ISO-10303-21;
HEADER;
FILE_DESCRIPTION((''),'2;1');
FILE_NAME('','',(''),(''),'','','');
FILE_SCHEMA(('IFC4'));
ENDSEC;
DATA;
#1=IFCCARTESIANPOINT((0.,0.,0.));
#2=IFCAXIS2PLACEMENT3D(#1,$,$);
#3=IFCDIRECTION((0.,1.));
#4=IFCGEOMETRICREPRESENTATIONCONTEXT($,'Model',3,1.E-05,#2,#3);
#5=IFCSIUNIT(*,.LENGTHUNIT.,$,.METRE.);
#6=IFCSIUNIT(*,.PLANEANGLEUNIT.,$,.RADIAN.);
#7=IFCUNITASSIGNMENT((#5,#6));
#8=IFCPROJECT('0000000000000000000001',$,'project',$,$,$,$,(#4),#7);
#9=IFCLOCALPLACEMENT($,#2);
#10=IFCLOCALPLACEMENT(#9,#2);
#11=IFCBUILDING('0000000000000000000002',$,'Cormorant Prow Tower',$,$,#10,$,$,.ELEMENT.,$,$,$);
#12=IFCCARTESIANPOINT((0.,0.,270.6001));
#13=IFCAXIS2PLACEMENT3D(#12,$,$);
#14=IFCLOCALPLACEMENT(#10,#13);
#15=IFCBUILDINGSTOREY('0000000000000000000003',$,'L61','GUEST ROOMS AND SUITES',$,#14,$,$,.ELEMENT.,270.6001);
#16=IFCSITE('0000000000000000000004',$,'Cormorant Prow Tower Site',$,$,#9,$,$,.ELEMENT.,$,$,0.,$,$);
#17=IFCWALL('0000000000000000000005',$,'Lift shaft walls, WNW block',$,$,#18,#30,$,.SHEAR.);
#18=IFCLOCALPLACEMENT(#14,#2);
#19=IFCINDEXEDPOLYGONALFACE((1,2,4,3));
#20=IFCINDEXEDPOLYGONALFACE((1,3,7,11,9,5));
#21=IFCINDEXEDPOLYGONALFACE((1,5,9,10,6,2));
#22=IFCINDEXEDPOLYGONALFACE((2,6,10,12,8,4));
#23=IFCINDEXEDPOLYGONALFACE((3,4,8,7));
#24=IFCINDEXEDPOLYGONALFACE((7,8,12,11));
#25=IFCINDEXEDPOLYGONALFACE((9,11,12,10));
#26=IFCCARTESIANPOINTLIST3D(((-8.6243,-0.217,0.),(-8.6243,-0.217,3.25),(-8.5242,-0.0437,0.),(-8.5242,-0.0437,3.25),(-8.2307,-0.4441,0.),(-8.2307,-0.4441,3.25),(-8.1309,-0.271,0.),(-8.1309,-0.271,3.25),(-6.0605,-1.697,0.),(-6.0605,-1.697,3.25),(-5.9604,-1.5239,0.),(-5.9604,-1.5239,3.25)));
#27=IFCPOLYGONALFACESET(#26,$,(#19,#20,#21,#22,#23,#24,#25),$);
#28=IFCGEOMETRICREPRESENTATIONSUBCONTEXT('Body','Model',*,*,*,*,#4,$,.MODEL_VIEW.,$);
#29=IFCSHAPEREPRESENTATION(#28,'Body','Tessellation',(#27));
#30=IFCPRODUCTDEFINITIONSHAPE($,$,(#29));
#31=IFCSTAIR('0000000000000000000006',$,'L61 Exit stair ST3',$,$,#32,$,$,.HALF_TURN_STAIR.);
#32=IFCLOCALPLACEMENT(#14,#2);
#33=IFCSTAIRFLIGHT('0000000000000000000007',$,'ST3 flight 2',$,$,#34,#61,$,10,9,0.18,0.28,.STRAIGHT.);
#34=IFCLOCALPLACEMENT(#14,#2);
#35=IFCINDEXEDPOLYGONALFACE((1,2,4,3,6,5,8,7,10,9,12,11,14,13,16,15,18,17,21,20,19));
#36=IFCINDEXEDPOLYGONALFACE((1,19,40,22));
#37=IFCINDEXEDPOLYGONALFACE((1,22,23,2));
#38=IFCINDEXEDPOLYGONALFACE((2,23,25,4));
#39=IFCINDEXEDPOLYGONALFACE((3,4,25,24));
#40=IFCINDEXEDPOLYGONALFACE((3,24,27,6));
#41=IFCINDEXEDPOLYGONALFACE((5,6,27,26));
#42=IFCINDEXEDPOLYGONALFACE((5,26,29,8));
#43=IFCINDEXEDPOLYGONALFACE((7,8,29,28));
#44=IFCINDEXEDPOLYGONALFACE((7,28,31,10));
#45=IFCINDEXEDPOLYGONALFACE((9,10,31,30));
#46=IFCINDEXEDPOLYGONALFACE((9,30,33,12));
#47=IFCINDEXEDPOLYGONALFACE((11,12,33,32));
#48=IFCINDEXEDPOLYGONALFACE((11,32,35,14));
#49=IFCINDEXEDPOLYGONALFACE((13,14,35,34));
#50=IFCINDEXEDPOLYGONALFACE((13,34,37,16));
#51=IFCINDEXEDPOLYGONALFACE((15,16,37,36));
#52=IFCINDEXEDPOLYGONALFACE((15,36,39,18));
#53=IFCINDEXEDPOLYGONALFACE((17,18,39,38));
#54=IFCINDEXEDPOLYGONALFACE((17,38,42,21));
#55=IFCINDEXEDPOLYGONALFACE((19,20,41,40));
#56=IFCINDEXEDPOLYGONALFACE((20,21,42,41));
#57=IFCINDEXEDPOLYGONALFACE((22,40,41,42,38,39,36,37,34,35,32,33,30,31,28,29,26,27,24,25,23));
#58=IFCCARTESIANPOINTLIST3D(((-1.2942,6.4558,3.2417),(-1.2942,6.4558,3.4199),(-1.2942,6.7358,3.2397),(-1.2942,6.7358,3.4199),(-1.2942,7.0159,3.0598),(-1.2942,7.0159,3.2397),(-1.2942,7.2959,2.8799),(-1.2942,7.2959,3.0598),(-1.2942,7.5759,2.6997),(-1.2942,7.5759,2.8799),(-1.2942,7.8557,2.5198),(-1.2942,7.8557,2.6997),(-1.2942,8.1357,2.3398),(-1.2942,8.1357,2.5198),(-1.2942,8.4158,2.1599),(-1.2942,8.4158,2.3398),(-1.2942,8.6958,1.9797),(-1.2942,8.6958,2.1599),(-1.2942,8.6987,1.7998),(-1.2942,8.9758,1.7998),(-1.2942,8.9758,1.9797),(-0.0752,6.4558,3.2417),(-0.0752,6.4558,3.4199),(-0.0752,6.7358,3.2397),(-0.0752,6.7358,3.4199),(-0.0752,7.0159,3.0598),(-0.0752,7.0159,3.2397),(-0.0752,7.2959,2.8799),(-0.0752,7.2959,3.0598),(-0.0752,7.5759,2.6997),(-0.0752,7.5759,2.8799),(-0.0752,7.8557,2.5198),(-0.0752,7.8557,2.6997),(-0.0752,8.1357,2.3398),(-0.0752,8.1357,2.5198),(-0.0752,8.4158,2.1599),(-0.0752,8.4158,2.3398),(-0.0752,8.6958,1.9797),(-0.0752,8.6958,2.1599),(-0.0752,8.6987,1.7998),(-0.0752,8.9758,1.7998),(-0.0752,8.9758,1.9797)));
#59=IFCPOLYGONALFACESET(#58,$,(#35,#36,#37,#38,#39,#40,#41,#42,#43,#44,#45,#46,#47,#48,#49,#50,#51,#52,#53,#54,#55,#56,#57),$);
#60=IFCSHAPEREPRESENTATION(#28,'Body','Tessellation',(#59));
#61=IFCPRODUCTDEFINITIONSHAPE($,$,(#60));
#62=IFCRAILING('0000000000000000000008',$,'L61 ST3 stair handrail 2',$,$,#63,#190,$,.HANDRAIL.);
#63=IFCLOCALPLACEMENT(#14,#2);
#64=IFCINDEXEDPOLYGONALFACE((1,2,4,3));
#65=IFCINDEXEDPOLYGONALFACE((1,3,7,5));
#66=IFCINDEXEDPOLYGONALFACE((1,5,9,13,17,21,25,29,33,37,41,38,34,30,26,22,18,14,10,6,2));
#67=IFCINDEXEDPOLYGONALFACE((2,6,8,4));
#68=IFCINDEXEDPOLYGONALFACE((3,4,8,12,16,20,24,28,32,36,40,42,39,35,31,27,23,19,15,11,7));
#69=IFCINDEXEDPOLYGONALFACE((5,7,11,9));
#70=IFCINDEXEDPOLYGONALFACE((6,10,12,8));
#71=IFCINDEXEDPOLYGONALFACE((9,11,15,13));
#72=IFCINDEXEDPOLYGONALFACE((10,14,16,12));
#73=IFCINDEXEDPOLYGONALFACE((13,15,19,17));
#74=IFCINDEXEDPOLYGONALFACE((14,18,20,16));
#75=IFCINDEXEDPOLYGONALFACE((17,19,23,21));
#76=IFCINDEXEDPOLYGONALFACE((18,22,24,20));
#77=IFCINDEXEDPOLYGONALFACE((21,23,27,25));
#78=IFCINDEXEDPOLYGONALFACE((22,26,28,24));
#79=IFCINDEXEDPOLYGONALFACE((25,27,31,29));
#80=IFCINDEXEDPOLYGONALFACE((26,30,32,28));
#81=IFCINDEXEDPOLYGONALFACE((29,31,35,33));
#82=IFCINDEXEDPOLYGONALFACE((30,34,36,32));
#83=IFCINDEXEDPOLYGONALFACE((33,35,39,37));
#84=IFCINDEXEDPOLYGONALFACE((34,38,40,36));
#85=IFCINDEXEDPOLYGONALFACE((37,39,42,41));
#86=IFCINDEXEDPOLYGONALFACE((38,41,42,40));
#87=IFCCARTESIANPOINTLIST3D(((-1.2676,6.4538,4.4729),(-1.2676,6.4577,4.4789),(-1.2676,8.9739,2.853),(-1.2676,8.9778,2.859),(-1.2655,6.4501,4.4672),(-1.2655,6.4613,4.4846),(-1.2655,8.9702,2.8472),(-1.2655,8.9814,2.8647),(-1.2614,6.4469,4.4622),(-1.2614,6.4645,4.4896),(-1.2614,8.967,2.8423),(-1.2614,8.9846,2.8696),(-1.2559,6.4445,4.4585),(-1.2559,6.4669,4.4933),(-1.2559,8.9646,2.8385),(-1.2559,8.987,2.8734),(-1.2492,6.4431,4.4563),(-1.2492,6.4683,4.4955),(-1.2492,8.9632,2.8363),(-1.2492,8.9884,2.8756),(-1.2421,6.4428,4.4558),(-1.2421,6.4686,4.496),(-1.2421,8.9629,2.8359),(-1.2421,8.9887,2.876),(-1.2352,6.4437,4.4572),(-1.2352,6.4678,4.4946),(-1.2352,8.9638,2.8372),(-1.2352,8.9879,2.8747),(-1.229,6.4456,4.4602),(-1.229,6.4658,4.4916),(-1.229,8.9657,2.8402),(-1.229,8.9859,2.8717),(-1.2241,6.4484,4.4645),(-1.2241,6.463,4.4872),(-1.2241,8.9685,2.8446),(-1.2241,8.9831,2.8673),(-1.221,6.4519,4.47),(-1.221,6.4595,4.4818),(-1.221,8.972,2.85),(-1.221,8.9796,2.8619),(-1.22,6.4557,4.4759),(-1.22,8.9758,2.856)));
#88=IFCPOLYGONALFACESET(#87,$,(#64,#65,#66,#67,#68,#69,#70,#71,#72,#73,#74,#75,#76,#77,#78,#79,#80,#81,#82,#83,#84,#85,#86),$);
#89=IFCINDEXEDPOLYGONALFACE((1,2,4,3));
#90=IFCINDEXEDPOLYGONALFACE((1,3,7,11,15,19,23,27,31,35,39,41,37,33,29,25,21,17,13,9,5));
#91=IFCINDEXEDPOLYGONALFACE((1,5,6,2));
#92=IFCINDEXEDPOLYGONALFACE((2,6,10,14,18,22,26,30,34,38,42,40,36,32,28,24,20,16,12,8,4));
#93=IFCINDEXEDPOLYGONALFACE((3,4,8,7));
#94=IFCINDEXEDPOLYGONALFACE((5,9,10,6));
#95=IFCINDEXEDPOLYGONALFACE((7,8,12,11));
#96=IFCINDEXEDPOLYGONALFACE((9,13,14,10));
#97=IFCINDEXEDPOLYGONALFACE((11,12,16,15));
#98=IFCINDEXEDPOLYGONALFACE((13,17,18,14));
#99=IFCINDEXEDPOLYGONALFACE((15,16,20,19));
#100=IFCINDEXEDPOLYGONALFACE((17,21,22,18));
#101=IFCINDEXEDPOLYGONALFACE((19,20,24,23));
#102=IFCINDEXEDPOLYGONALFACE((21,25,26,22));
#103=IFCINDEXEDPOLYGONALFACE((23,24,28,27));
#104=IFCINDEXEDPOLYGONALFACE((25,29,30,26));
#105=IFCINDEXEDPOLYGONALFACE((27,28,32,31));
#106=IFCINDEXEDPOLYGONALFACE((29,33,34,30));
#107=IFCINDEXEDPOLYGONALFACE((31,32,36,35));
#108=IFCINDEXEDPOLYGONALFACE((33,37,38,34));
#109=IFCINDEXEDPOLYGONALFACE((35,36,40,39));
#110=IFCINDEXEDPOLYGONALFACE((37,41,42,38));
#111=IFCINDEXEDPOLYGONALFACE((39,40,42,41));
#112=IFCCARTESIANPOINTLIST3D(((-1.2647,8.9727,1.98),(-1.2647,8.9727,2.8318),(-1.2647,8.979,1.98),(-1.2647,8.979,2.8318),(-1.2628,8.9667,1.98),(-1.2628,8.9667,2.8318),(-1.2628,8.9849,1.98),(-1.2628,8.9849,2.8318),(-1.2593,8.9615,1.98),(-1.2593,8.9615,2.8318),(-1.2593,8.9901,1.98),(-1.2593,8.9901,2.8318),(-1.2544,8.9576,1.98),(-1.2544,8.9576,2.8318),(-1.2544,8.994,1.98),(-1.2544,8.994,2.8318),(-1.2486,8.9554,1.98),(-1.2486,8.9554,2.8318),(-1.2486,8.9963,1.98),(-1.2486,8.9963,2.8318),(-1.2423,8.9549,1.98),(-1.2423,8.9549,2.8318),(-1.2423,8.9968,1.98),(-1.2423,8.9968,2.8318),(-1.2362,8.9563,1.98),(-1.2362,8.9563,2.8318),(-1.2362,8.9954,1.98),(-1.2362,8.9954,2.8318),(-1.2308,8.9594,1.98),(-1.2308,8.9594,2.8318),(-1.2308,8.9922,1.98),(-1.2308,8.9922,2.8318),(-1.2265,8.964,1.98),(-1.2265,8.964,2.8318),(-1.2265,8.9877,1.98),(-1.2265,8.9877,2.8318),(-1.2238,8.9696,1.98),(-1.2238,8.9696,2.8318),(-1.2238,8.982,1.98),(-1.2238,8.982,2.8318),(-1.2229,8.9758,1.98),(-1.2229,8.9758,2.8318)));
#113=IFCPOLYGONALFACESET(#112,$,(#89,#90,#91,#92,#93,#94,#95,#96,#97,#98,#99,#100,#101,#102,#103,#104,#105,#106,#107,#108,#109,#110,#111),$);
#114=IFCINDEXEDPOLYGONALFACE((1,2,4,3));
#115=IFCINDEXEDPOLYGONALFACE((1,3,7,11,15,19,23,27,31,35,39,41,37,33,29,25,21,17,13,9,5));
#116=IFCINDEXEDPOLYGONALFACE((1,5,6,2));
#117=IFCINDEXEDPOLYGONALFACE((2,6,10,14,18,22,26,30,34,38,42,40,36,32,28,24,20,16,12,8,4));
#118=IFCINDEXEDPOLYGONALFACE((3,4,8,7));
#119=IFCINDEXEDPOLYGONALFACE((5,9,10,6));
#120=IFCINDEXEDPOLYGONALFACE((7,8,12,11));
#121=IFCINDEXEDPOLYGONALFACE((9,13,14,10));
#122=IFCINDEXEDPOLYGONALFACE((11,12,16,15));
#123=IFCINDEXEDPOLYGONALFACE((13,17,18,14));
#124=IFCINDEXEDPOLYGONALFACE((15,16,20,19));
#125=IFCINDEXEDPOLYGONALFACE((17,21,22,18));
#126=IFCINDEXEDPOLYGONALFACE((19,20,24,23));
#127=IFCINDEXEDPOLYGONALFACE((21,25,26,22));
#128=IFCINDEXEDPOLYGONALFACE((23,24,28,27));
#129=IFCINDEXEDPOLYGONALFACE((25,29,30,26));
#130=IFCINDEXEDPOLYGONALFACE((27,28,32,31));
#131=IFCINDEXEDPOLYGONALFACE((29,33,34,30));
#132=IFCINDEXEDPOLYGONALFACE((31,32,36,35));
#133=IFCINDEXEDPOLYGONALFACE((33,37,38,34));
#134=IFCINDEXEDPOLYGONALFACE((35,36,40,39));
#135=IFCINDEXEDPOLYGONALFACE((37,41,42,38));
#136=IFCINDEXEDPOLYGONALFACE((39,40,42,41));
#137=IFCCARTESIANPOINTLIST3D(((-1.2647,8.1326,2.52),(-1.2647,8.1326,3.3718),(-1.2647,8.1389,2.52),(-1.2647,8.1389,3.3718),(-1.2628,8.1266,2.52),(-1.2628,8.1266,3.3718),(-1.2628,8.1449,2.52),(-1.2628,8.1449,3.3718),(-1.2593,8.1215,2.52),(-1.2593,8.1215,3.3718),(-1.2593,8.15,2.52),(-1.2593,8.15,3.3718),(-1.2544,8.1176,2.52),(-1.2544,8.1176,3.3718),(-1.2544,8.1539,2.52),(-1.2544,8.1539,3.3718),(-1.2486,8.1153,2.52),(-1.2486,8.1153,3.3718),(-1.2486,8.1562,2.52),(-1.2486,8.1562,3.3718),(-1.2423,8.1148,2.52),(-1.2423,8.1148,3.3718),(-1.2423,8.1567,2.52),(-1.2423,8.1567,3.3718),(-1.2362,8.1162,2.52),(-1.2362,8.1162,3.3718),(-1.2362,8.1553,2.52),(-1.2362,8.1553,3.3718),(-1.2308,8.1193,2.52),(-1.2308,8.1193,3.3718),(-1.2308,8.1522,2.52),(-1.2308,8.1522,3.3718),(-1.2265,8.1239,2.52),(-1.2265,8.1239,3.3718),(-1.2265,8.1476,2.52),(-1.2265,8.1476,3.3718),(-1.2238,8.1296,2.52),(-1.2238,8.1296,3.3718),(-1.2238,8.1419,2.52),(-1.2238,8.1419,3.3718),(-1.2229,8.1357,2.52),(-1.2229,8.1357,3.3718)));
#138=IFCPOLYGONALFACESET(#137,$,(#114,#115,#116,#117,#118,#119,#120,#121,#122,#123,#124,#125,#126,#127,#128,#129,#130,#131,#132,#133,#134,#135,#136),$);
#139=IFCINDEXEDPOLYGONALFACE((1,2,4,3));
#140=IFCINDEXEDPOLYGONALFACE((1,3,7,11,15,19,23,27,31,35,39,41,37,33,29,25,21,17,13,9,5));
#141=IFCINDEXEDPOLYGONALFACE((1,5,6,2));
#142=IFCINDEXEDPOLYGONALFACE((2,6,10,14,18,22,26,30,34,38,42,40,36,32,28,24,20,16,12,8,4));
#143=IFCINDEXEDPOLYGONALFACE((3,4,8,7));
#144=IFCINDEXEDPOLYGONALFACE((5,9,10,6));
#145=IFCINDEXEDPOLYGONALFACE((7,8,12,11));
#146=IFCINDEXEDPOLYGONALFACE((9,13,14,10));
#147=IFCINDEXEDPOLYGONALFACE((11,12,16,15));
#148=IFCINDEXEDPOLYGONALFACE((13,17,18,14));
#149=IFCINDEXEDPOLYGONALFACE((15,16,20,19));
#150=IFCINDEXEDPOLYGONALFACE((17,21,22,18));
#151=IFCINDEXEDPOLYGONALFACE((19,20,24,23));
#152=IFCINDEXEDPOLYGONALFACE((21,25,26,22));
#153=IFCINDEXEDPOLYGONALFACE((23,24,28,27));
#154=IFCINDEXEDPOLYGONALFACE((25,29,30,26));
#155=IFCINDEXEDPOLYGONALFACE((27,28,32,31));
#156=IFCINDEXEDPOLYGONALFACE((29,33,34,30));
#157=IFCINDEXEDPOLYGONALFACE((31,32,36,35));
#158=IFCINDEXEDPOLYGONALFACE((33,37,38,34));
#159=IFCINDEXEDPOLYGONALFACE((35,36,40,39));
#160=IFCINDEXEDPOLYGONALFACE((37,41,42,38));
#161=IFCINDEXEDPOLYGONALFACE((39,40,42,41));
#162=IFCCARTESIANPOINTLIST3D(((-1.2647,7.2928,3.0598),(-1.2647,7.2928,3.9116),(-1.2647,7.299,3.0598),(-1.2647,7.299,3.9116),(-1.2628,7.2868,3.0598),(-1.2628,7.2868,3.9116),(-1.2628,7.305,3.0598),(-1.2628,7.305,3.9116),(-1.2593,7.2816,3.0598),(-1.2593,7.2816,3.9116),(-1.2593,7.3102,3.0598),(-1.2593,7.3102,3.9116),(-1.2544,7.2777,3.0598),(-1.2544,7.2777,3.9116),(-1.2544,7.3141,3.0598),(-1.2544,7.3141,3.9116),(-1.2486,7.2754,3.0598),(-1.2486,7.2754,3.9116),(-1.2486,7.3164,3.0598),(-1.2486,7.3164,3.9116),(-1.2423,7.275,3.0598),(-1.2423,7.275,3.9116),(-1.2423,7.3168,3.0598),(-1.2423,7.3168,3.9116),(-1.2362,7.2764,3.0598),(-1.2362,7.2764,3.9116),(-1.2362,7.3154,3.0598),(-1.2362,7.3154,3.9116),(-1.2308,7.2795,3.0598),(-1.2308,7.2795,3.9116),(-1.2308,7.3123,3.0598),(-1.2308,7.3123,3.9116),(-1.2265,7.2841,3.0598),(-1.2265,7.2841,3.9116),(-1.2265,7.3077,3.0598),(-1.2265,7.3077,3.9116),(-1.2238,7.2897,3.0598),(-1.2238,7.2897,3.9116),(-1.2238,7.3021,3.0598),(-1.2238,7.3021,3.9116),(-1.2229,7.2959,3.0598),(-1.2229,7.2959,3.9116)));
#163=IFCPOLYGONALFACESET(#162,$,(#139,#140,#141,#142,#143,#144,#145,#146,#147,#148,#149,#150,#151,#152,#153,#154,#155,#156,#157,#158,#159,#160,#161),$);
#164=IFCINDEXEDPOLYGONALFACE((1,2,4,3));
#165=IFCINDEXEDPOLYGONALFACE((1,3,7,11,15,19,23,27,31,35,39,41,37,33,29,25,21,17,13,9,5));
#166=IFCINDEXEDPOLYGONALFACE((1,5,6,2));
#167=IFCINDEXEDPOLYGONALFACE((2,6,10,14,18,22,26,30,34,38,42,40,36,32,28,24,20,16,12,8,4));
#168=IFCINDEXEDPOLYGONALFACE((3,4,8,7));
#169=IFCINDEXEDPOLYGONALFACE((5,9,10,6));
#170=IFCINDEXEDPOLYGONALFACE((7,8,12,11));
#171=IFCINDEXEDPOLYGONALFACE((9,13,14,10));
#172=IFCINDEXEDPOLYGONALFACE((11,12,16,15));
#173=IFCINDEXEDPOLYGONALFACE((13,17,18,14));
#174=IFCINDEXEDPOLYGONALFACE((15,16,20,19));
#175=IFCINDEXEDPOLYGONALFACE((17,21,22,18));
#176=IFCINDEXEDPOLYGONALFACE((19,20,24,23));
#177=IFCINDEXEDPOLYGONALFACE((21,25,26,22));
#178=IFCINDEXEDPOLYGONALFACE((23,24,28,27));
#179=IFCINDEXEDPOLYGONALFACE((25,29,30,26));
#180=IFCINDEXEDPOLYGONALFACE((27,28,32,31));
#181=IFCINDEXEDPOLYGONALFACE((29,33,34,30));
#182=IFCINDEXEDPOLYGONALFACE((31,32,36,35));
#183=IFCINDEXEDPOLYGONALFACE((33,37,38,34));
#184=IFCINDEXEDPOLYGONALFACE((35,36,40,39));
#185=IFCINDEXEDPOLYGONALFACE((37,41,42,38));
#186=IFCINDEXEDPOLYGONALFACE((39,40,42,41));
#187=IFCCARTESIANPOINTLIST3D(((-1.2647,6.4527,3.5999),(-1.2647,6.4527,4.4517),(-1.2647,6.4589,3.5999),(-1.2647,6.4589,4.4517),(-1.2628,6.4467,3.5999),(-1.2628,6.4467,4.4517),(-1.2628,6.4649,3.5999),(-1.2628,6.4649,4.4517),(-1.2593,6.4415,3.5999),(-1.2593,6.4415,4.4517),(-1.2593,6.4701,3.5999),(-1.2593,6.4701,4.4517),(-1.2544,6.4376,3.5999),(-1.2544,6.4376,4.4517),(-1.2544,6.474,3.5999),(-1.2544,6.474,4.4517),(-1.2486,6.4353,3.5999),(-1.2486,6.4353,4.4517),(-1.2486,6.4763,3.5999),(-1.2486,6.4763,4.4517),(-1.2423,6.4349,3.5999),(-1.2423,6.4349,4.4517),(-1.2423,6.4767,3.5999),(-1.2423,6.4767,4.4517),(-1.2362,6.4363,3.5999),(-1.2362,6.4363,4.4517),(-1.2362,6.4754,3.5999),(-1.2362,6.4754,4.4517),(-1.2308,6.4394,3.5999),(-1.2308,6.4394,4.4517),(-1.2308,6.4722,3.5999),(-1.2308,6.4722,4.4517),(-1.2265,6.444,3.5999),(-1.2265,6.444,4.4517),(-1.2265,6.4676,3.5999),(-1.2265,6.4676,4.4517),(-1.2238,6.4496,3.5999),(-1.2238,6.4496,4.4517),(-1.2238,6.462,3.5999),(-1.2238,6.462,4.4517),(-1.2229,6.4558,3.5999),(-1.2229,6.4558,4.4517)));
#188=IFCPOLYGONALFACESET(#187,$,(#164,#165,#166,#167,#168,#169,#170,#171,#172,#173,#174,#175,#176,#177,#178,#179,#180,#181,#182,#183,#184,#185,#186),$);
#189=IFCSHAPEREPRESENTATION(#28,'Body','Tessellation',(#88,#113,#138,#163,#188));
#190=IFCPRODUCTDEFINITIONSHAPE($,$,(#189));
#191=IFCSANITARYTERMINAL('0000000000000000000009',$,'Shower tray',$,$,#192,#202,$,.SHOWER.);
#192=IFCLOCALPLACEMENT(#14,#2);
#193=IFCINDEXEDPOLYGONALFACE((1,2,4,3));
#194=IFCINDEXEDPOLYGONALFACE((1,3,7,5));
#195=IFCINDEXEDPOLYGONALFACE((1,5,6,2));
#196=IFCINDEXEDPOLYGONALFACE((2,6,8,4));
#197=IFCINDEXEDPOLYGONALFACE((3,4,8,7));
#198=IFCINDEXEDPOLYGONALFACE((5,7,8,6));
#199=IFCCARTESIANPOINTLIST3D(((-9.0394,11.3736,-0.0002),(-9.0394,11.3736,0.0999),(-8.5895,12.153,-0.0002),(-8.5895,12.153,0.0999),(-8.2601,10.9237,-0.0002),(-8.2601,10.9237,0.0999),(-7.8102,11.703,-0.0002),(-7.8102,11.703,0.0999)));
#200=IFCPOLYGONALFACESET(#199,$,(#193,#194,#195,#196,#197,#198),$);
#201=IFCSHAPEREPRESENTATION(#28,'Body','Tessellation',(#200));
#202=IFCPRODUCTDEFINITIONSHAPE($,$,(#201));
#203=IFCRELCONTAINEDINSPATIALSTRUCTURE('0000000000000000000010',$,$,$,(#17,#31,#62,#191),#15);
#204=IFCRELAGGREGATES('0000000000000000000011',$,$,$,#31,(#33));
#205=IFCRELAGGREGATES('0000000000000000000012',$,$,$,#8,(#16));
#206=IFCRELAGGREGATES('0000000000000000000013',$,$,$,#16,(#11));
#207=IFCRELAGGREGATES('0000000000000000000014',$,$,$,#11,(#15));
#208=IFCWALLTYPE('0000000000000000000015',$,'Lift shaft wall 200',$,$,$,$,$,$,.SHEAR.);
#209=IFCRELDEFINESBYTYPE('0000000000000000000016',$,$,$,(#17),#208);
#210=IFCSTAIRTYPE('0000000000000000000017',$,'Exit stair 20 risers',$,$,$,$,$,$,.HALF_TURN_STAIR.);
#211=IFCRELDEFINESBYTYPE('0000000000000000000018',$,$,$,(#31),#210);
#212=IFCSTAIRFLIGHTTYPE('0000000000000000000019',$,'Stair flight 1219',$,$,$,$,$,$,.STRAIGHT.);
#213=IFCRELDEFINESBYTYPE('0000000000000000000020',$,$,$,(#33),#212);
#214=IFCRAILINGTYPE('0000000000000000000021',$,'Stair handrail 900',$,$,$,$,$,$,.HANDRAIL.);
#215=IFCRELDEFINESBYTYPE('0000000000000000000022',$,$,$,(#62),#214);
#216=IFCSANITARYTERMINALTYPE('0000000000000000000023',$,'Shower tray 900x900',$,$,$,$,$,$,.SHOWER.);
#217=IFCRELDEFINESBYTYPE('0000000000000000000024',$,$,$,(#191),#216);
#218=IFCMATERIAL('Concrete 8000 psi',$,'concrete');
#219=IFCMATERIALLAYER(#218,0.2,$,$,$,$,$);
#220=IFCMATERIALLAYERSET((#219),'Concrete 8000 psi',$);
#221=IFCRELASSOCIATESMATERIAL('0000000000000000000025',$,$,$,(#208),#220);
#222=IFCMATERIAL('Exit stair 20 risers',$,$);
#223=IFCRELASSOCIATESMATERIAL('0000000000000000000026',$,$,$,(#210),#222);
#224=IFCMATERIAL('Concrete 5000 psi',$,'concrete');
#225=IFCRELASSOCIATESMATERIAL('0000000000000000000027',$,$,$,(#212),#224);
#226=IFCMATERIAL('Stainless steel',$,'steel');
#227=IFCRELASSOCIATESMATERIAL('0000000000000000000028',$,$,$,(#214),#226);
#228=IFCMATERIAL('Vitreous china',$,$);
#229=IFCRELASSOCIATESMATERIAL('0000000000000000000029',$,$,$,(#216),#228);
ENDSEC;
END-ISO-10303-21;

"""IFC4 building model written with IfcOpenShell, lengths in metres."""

from ifc_helpers import new_model, si_unit, direction, frame, origin, origin_2d, place, context, subcontext, project, spatial, polyline, rectangle, circle, outline, extrude, material, layer, layer_set, type_object, element, aggregate, save


model = new_model("IFC4")

# Units and contexts
model_context = context("Model", 3, precision=1e-05, world=origin(), true_north=direction((0.0, 1.0)))
body_context = subcontext(model_context, "Body", "Model", "MODEL_VIEW")
ifc_project = project(units=[si_unit("LENGTHUNIT", "METRE"), si_unit("PLANEANGLEUNIT", "RADIAN")], contexts=[model_context])

# Site, building, storey
site_placement = place(None, origin())
site = spatial("IfcSite", under=ifc_project, at=site_placement, Name="Cormorant Prow Tower Site", CompositionType="ELEMENT", RefElevation=0.0)
building_placement = place(site_placement, origin())
building = spatial("IfcBuilding", under=site, at=building_placement, Name="Cormorant Prow Tower", CompositionType="ELEMENT")
storey_placement = place(building_placement, frame((0.0, 0.0, 270.6001)))
storey = spatial("IfcBuildingStorey", under=building, at=storey_placement, Name="L61", Description="GUEST ROOMS AND SUITES", CompositionType="ELEMENT", Elevation=270.6001)

# Wall
ifc_material_1 = material(Name="Concrete 8000 psi", Category="concrete")
ifc_layer_1 = layer(ifc_material_1, 0.2)
ifc_layer_set_1 = layer_set([ifc_layer_1], Name="Concrete 8000 psi")
wall_type_1 = type_object("IfcWallType", Name="Lift shaft wall 200", PredefinedType="SHEAR", material=ifc_layer_set_1)
wall_1_placement = place(storey_placement, origin())
element("IfcWall", 1, at=wall_1_placement, inside=storey, type_object=wall_type_1, Name="Lift shaft walls, WNW block", PredefinedType="SHEAR", context=body_context, shape_type="SweptSolid", body=[
    extrude(outline(polyline([(-8.5242, -0.0437), (-8.1309, -0.271), (-5.9604, -1.5239), (-6.0605, -1.697), (-8.2307, -0.4441), (-8.6243, -0.217), (-8.5242, -0.0437)])), origin(), (0.0, 0.0, 1.0), 3.25),
])

# Stair, stair flight
ifc_material_2 = material(Name="Exit stair 20 risers")
stair_type = type_object("IfcStairType", Name="Exit stair 20 risers", PredefinedType="HALF_TURN_STAIR", material=ifc_material_2)
stair_placement = place(storey_placement, origin())
stair = element("IfcStair", 2, at=stair_placement, inside=storey, type_object=stair_type, Name="L61 Exit stair ST3", PredefinedType="HALF_TURN_STAIR")
ifc_material_3 = material(Name="Concrete 5000 psi", Category="concrete")
stair_flight_type = type_object("IfcStairFlightType", Name="Stair flight 1219", PredefinedType="STRAIGHT", material=ifc_material_3)
stair_flight_placement = place(storey_placement, frame((-0.6846, 8.9758, 1.7998), z_axis=(0.0, 0.0, 1.0), x_axis=(0.0, -1.0, 0.0)))
stair_flight = element("IfcStairFlight", 3, at=stair_flight_placement, type_object=stair_flight_type, Name="ST3 flight 2", NumberOfRisers=10, NumberOfTreads=9, PredefinedType="STRAIGHT", RiserHeight=0.18, TreadLength=0.28, context=body_context, shape_type="SweptSolid", body=[
    extrude(outline(polyline([(0.0, 0.0), (0.0, 0.1799), (0.28, 0.1799), (0.28, 0.3601), (0.5601, 0.3601), (0.5601, 0.54), (0.8401, 0.54), (0.8401, 0.72), (1.1201, 0.72), (1.1201, 0.8999), (1.3999, 0.8999), (1.3999, 1.0801), (1.6799, 1.0801), (1.6799, 1.26), (1.96, 1.26), (1.96, 1.4399), (2.24, 1.4399), (2.24, 1.6201), (2.52, 1.6201), (2.52, 1.8), (2.52, 1.4419), (0.2771, 0.0), (0.0, 0.0)])), frame((0.0, 0.6094, 0.0), z_axis=(0.0, -1.0, 0.0), x_axis=(1.0, 0.0, 0.0)), (0.0, 0.0, 1.0), 1.219),
])
aggregate(stair, [stair_flight])

# Railing
ifc_material_4 = material(Name="Stainless steel", Category="steel")
railing_type = type_object("IfcRailingType", Name="Stair handrail 900", PredefinedType="HANDRAIL", material=ifc_material_4)
railing_placement = place(storey_placement, frame((-1.2439, 8.9758, 1.98)))
element("IfcRailing", 4, at=railing_placement, inside=storey, type_object=railing_type, Name="L61 ST3 stair handrail 2", PredefinedType="HANDRAIL", context=body_context, shape_type="SweptSolid", body=[
    extrude(circle(Radius=0.0239, at=origin_2d()), frame((0.0, 0.0, 0.876), z_axis=(0.0, -0.8412, 0.540725), x_axis=(1.0, 0.0, 0.0)), (0.0, 0.0, 1.0), 2.9958),
    extrude(circle(Radius=0.021, at=origin_2d()), origin(), (0.0, 0.0, 1.0), 0.8518),
    extrude(circle(Radius=0.021, at=origin_2d()), frame((0.0, -0.8401, 0.54)), (0.0, 0.0, 1.0), 0.8518),
    extrude(circle(Radius=0.021, at=origin_2d()), frame((0.0, -1.6799, 1.0798)), (0.0, 0.0, 1.0), 0.8518),
    extrude(circle(Radius=0.021, at=origin_2d()), frame((0.0, -2.52, 1.6199)), (0.0, 0.0, 1.0), 0.8518),
])

# Sanitary terminal
ifc_material_5 = material(Name="Vitreous china")
sanitary_terminal_type_1 = type_object("IfcSanitaryTerminalType", Name="Shower tray 900x900", PredefinedType="SHOWER", material=ifc_material_5)
for number, where, z_axis, x_axis, name in (
    (5, (-8.4248, 11.5383, -0.0002), (0.0, 0.0, 1.0), (0.5, 0.866025, 0.0), "Shower tray"),
):
    element("IfcSanitaryTerminal", number, at=place(storey_placement, frame(where, z_axis=z_axis, x_axis=x_axis)), inside=storey, type_object=sanitary_terminal_type_1, Name=name, PredefinedType="SHOWER", context=body_context, shape_type="SweptSolid", body=[
        extrude(rectangle(XDim=0.8999, YDim=0.8999, at=origin_2d()), origin(), (0.0, 0.0, 1.0), 0.1001),
    ])

save(model, "model.ifc")
